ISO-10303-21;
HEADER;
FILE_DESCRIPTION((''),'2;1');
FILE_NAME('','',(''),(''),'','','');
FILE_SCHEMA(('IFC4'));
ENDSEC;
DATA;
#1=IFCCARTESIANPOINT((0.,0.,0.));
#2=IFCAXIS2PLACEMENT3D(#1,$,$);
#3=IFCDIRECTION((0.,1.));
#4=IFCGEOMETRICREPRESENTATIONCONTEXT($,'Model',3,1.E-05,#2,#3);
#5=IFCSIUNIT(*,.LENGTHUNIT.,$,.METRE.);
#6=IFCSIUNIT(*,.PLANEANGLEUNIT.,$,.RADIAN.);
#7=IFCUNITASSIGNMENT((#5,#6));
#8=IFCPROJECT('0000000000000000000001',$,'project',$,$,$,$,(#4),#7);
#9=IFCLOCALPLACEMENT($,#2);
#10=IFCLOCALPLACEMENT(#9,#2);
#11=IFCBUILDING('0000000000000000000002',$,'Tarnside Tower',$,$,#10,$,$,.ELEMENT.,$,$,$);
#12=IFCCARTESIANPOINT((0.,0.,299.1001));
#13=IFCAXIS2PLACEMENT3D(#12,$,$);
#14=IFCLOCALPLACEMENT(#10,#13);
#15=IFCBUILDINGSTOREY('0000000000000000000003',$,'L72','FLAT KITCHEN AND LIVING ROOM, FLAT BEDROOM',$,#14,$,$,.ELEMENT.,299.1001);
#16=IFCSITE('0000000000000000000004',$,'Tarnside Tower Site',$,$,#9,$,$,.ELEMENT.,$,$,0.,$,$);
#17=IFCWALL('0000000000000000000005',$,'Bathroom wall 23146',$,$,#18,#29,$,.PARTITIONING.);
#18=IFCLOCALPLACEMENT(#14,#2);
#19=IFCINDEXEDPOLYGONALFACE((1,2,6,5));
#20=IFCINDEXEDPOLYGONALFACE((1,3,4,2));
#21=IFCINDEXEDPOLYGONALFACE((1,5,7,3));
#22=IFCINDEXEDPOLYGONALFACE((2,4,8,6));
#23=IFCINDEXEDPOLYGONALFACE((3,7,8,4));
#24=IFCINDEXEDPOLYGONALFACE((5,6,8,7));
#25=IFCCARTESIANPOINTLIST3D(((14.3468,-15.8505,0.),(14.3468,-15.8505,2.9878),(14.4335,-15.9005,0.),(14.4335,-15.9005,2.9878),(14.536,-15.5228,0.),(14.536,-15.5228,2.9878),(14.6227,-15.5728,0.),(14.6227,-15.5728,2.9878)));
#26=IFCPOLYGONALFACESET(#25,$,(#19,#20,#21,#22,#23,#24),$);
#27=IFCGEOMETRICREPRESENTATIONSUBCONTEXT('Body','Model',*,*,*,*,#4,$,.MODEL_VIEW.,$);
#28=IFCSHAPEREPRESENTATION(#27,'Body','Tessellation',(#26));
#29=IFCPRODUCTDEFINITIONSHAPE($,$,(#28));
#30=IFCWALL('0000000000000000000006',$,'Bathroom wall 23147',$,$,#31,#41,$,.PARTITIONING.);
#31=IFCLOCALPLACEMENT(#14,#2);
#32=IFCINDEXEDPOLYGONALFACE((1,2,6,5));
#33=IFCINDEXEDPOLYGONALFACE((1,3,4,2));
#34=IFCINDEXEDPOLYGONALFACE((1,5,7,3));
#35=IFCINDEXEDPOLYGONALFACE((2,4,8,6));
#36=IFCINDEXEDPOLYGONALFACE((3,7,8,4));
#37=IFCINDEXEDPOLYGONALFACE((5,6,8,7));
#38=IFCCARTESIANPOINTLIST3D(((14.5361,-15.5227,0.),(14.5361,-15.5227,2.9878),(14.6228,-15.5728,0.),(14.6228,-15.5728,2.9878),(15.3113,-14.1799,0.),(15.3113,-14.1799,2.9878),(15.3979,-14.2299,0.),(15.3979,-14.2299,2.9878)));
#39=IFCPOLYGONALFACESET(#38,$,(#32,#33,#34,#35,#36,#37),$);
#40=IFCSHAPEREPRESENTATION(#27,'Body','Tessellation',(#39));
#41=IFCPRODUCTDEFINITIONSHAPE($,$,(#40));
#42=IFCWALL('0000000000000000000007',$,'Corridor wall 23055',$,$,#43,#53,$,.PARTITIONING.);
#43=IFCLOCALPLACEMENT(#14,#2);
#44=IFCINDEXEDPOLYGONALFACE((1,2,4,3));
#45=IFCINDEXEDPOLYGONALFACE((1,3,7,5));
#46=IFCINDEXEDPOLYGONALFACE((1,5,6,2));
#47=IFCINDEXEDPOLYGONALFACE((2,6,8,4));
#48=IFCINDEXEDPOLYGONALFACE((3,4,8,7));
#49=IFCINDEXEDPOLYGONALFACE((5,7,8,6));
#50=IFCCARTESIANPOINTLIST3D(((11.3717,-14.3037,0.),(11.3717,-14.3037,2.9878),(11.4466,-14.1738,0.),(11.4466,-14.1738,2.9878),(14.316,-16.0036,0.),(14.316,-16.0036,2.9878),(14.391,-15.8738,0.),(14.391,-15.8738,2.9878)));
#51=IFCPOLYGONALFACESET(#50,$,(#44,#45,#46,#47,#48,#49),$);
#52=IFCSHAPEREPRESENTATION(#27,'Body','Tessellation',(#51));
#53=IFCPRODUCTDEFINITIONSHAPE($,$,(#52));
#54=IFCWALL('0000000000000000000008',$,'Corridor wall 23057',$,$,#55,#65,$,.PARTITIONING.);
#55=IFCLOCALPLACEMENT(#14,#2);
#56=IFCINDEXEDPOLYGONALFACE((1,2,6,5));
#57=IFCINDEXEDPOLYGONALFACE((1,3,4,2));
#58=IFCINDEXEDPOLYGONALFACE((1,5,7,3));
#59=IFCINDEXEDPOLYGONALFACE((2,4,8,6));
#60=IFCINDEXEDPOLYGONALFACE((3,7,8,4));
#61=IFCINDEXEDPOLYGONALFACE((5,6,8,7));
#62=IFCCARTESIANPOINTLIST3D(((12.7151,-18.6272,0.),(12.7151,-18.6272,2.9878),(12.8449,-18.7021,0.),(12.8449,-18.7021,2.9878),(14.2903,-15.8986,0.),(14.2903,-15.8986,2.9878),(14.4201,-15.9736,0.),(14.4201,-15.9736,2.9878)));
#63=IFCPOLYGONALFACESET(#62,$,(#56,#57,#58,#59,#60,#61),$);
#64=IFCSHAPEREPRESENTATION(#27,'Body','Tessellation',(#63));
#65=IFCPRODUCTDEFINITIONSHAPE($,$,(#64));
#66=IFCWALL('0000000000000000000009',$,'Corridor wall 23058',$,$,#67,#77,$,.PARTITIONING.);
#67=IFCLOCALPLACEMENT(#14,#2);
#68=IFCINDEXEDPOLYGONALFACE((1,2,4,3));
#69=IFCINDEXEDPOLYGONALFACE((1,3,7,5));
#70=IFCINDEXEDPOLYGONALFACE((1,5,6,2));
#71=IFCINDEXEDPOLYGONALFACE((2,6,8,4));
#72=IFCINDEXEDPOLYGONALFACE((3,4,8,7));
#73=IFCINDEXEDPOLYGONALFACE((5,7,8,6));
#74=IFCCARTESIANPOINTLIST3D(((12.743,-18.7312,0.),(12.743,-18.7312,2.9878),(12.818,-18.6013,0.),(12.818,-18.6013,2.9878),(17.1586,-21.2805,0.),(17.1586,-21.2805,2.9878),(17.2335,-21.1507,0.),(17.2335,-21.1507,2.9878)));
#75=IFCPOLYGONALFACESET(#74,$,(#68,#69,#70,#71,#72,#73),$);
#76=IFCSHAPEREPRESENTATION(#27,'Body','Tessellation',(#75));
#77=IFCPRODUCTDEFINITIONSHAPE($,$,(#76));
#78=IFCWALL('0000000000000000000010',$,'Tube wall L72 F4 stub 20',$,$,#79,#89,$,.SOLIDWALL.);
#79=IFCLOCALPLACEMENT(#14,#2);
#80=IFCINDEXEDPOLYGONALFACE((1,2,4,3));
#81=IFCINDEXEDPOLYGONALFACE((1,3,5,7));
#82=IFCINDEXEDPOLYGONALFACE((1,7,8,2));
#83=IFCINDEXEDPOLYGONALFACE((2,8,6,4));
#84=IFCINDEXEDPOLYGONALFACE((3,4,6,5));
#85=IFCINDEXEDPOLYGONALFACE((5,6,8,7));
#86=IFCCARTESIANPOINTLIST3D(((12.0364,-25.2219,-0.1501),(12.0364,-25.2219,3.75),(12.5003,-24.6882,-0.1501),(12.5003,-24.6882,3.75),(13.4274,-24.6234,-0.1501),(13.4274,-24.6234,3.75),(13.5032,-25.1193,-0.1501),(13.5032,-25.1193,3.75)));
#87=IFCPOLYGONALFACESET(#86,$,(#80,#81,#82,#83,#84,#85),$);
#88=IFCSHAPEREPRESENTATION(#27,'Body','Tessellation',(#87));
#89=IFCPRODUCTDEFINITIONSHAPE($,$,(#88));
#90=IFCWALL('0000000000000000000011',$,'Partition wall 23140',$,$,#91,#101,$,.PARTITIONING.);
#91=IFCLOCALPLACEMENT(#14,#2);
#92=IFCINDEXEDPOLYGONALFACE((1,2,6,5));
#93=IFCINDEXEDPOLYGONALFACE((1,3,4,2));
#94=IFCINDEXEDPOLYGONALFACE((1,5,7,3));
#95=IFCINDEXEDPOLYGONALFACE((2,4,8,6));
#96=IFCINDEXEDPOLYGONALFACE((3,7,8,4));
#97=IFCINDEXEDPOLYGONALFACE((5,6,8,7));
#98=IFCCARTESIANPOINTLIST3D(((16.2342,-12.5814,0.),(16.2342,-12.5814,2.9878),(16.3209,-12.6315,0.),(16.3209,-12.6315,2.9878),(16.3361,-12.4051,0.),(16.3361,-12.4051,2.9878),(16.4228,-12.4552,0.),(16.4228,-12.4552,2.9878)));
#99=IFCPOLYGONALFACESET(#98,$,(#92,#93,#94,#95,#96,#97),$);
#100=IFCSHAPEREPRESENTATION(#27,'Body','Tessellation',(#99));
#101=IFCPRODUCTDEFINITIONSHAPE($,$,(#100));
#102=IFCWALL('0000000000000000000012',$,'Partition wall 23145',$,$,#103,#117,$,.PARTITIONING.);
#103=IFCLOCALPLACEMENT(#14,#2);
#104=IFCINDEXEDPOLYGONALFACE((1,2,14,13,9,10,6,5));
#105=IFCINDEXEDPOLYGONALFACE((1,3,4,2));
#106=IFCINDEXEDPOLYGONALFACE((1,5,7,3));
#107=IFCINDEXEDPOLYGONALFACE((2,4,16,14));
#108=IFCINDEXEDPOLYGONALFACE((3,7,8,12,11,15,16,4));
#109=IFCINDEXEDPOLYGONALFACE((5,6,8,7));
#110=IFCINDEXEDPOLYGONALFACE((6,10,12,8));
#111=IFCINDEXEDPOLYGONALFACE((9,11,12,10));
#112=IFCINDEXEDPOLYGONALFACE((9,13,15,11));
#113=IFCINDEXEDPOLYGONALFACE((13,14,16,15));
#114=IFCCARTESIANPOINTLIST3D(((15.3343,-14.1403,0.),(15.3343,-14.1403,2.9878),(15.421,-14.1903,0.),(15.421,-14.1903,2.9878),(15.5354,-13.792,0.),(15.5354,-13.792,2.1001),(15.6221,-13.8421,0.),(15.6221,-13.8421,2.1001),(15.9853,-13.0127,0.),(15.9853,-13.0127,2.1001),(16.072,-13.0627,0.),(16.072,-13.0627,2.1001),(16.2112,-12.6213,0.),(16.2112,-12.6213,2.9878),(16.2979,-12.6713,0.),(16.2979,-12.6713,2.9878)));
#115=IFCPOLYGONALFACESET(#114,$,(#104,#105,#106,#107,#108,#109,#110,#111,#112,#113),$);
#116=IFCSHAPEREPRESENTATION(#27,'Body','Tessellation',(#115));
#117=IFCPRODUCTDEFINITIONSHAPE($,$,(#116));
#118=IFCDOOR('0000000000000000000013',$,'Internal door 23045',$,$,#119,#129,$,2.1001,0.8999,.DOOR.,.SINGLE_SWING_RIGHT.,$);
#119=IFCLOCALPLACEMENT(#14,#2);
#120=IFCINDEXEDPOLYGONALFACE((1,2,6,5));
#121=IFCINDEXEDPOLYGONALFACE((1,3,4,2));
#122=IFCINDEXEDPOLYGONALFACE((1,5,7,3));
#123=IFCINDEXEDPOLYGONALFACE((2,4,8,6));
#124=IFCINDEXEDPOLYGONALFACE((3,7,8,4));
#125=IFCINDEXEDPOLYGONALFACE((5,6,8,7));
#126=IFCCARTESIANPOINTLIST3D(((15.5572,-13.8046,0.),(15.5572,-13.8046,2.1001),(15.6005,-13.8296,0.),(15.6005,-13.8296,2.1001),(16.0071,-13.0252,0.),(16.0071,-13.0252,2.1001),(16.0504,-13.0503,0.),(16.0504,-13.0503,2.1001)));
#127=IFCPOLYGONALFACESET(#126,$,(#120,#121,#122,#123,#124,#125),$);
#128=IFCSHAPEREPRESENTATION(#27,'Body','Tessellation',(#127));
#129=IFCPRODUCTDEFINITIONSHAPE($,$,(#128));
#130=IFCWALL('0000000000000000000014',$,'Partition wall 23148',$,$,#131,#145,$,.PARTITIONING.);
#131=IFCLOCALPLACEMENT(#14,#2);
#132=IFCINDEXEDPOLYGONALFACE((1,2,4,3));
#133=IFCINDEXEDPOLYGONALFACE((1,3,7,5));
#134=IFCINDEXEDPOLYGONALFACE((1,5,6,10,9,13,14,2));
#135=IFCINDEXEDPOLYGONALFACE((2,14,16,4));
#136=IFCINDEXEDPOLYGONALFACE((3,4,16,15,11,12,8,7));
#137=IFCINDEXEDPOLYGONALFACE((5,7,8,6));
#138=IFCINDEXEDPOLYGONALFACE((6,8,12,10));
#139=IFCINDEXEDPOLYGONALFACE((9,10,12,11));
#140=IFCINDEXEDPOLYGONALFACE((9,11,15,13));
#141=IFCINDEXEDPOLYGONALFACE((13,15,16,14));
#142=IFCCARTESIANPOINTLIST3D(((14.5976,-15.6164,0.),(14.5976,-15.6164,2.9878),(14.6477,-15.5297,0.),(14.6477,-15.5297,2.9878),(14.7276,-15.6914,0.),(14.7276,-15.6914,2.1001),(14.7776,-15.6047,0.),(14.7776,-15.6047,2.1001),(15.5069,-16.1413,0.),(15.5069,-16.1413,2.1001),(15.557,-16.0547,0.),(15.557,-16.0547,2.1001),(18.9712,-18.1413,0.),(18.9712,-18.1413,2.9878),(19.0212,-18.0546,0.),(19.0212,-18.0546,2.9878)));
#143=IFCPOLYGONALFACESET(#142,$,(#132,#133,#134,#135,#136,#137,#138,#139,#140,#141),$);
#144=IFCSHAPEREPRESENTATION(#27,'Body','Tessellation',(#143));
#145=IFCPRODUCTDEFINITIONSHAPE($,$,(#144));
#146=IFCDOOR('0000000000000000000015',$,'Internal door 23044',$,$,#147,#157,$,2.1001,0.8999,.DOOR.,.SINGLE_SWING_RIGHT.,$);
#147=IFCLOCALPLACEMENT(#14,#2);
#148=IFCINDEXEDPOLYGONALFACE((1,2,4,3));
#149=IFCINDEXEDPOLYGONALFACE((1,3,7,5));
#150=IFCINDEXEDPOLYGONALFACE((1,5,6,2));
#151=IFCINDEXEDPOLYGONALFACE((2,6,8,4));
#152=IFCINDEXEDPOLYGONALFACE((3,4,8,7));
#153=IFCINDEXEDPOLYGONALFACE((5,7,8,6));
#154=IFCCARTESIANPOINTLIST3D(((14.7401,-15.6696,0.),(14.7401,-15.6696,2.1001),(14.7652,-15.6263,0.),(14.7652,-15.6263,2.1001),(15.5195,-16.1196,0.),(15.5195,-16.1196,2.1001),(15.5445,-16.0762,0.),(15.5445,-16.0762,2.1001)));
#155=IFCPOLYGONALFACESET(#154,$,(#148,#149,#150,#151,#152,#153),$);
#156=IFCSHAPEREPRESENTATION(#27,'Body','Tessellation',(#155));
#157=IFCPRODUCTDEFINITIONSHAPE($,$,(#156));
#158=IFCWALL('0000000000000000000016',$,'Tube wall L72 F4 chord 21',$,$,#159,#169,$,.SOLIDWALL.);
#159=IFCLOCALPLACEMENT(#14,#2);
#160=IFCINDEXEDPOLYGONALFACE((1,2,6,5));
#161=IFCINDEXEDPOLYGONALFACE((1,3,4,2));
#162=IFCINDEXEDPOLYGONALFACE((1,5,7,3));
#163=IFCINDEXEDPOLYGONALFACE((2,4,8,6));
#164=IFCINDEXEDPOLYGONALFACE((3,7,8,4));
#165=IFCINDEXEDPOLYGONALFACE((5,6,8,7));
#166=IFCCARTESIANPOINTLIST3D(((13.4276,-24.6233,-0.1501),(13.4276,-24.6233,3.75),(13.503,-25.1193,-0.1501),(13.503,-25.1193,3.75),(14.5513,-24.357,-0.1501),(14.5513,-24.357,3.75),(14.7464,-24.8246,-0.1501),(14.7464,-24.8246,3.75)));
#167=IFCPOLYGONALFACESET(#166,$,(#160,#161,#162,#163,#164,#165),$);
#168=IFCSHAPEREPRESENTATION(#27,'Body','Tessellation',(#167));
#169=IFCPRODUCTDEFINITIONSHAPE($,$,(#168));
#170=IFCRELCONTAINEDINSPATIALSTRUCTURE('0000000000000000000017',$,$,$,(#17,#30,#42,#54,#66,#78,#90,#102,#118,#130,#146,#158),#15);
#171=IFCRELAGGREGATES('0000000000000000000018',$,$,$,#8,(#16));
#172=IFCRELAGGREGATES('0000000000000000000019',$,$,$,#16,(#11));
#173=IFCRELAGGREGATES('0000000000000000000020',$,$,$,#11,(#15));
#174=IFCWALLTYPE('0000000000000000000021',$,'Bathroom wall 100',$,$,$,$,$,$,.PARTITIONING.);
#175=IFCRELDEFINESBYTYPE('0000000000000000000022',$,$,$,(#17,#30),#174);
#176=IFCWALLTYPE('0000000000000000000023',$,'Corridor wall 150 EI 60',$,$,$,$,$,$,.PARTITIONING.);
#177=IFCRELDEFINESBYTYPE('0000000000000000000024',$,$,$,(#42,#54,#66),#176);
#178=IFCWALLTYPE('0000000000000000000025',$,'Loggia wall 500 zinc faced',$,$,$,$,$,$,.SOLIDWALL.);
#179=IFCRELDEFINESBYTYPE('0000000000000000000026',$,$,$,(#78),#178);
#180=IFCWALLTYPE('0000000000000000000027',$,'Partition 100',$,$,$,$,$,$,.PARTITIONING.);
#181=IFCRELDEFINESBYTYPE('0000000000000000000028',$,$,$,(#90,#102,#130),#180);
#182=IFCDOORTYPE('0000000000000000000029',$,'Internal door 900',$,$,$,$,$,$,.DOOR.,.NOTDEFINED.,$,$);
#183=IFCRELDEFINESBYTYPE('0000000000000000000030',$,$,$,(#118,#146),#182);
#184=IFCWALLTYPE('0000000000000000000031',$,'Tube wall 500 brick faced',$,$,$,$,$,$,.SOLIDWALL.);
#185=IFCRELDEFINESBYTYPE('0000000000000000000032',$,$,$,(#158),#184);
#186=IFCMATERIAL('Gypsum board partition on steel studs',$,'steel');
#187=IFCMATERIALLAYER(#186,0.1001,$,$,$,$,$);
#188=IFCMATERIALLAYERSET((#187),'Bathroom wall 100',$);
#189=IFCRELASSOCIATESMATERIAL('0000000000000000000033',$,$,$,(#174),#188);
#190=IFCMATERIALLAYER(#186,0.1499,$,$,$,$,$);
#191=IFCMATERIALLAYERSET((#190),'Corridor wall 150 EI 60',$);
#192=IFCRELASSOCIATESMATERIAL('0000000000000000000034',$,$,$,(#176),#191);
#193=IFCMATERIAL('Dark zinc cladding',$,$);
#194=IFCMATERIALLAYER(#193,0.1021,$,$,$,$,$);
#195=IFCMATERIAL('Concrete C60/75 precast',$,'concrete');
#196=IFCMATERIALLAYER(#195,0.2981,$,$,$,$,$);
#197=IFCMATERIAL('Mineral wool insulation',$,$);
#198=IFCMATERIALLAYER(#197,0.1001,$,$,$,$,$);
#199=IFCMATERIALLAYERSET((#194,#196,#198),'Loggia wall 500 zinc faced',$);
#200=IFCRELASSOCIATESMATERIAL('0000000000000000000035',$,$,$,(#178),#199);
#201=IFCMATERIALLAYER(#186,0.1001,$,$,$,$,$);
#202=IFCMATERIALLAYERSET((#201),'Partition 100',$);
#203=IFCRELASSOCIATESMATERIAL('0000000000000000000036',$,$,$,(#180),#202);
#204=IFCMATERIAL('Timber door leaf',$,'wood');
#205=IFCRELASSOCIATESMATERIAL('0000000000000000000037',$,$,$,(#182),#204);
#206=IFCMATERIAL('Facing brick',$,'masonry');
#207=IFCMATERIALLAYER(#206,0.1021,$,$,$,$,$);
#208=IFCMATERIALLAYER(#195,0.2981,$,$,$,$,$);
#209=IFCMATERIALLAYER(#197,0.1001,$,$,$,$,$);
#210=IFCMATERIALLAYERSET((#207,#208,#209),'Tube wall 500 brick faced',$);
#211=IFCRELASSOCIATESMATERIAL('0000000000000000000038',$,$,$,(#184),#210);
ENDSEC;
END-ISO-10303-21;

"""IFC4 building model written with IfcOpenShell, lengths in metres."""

from ifc_helpers import new_model, si_unit, direction, frame, frame_2d, origin, place, context, subcontext, project, spatial, polyline, rectangle, outline, extrude, material, layer, layer_set, type_object, element, fill, save


model = new_model("IFC4")

# Units and contexts
model_context = context("Model", 3, precision=1e-05, world=origin(), true_north=direction((0.0, 1.0)))
body_context = subcontext(model_context, "Body", "Model", "MODEL_VIEW")
ifc_project = project(units=[si_unit("LENGTHUNIT", "METRE"), si_unit("PLANEANGLEUNIT", "RADIAN")], contexts=[model_context])

# Site, building, storey
site_placement = place(None, origin())
site = spatial("IfcSite", under=ifc_project, at=site_placement, Name="Tarnside Tower Site", CompositionType="ELEMENT", RefElevation=0.0)
building_placement = place(site_placement, origin())
building = spatial("IfcBuilding", under=site, at=building_placement, Name="Tarnside Tower", CompositionType="ELEMENT")
storey_placement = place(building_placement, frame((0.0, 0.0, 299.1001)))
storey = spatial("IfcBuildingStorey", under=building, at=storey_placement, Name="L72", Description="FLAT KITCHEN AND LIVING ROOM, FLAT BEDROOM", CompositionType="ELEMENT", Elevation=299.1001)

# Walls
ifc_material_1 = material(Name="Gypsum board partition on steel studs", Category="steel")
ifc_layer_1 = layer(ifc_material_1, 0.1001)
ifc_layer_set_1 = layer_set([ifc_layer_1], Name="Bathroom wall 100")
wall_type_1 = type_object("IfcWallType", Name="Bathroom wall 100", PredefinedType="PARTITIONING", material=ifc_layer_set_1)
wall_1_placement = place(storey_placement, frame((14.3901, -15.8755, 0.0), z_axis=(0.0, 0.0, 1.0), x_axis=(0.500095, 0.865971, 0.0)))
element("IfcWall", 1, at=wall_1_placement, inside=storey, type_object=wall_type_1, Name="Bathroom wall 23146", PredefinedType="PARTITIONING", context=body_context, shape_type="SweptSolid", body=[
    extrude(rectangle(XDim=0.3784, YDim=0.1001, at=frame_2d((0.1892, 0.0))), origin(), (0.0, 0.0, 1.0), 2.9878),
])
wall_2_placement = place(storey_placement, frame((14.5793, -15.5479, 0.0), z_axis=(0.0, 0.0, 1.0), x_axis=(0.49995, 0.866054, 0.0)))
element("IfcWall", 2, at=wall_2_placement, inside=storey, type_object=wall_type_1, Name="Bathroom wall 23147", PredefinedType="PARTITIONING", context=body_context, shape_type="SweptSolid", body=[
    extrude(rectangle(XDim=1.5505, YDim=0.1001, at=frame_2d((0.7754, 0.0))), origin(), (0.0, 0.0, 1.0), 2.9878),
])
ifc_layer_2 = layer(ifc_material_1, 0.1499)
ifc_layer_set_2 = layer_set([ifc_layer_2], Name="Corridor wall 150 EI 60")
wall_type_2 = type_object("IfcWallType", Name="Corridor wall 150 EI 60", PredefinedType="PARTITIONING", material=ifc_layer_set_2)
wall_3_placement = place(storey_placement, frame((14.3535, -15.9387, 0.0), z_axis=(0.0, 0.0, 1.0), x_axis=(-0.866021, 0.500008, 0.0)))
element("IfcWall", 3, at=wall_3_placement, inside=storey, type_object=wall_type_2, Name="Corridor wall 23055", PredefinedType="PARTITIONING", context=body_context, shape_type="SweptSolid", body=[
    extrude(rectangle(XDim=3.3999, YDim=0.1499, at=frame_2d((1.7, 0.0))), origin(), (0.0, 0.0, 1.0), 2.9878),
])
wall_4_placement = place(storey_placement, frame((12.78, -18.6646, 0.0), z_axis=(0.0, 0.0, 1.0), x_axis=(0.499973, 0.866041, 0.0)))
element("IfcWall", 4, at=wall_4_placement, inside=storey, type_object=wall_type_2, Name="Corridor wall 23057", PredefinedType="PARTITIONING", context=body_context, shape_type="SweptSolid", body=[
    extrude(rectangle(XDim=3.1506, YDim=0.1499, at=frame_2d((1.5752, 0.0))), origin(), (0.0, 0.0, 1.0), 2.9878),
])
wall_5_placement = place(storey_placement, frame((17.196, -21.2156, 0.0), z_axis=(0.0, 0.0, 1.0), x_axis=(-0.866025, 0.500002, 0.0)))
element("IfcWall", 5, at=wall_5_placement, inside=storey, type_object=wall_type_2, Name="Corridor wall 23058", PredefinedType="PARTITIONING", context=body_context, shape_type="SweptSolid", body=[
    extrude(rectangle(XDim=5.0986, YDim=0.1499, at=frame_2d((2.5493, 0.0))), origin(), (0.0, 0.0, 1.0), 2.9878),
])
ifc_material_2 = material(Name="Dark zinc cladding")
ifc_layer_3 = layer(ifc_material_2, 0.1021)
ifc_material_3 = material(Name="Concrete C60/75 precast", Category="concrete")
ifc_layer_4 = layer(ifc_material_3, 0.2981)
ifc_material_4 = material(Name="Mineral wool insulation")
ifc_layer_5 = layer(ifc_material_4, 0.1001)
ifc_layer_set_3 = layer_set([ifc_layer_3, ifc_layer_4, ifc_layer_5], Name="Loggia wall 500 zinc faced")
wall_type_3 = type_object("IfcWallType", Name="Loggia wall 500 zinc faced", PredefinedType="SOLIDWALL", material=ifc_layer_set_3)
wall_6_placement = place(storey_placement, frame((12.2683, -24.9551, -0.1501), z_axis=(0.0, 0.0, 1.0), x_axis=(0.997562, 0.069787, 0.0)))
element("IfcWall", 6, at=wall_6_placement, inside=storey, type_object=wall_type_3, Name="Tube wall L72 F4 stub 20", PredefinedType="SOLIDWALL", context=body_context, shape_type="SweptSolid", body=[
    extrude(outline(polyline([(-0.25, -0.25), (1.2205, -0.25), (1.1794, 0.25), (0.25, 0.25), (-0.25, -0.25)])), origin(), (0.0, 0.0, 1.0), 3.9001),
])
ifc_layer_6 = layer(ifc_material_1, 0.1001)
ifc_layer_set_4 = layer_set([ifc_layer_6], Name="Partition 100")
wall_type_4 = type_object("IfcWallType", Name="Partition 100", PredefinedType="PARTITIONING", material=ifc_layer_set_4)
wall_7_placement = place(storey_placement, frame((16.2776, -12.6064, 0.0), z_axis=(0.0, 0.0, 1.0), x_axis=(0.500138, 0.865946, 0.0)))
element("IfcWall", 7, at=wall_7_placement, inside=storey, type_object=wall_type_4, Name="Partition wall 23140", PredefinedType="PARTITIONING", context=body_context, shape_type="SweptSolid", body=[
    extrude(rectangle(XDim=0.2036, YDim=0.1001, at=frame_2d((0.1018, 0.0))), origin(), (0.0, 0.0, 1.0), 2.9878),
])

# Walls, openings, doors
wall_8_placement = place(storey_placement, frame((15.3777, -14.1653, 0.0), z_axis=(0.0, 0.0, 1.0), x_axis=(0.499971, 0.866042, 0.0)))
wall_8 = element("IfcWall", 8, at=wall_8_placement, inside=storey, type_object=wall_type_4, Name="Partition wall 23145", PredefinedType="PARTITIONING", context=body_context, shape_type="SweptSolid", body=[
    extrude(rectangle(XDim=1.7539, YDim=0.1001, at=frame_2d((0.877, 0.0))), origin(), (0.0, 0.0, 1.0), 2.9878),
])
opening_1_placement = place(wall_8_placement, frame((0.4021, 0.0, 0.0)))
opening_1 = element("IfcOpeningElement", 9, at=opening_1_placement, cuts=wall_8, PredefinedType="OPENING", context=body_context, shape_type="SweptSolid", body=[
    extrude(rectangle(XDim=0.8999, YDim=2.1001, at=frame_2d((0.45, 1.05))), frame((0.0, 0.0601, 0.0), z_axis=(0.0, -1.0, 0.0), x_axis=(1.0, 0.0, 0.0)), (0.0, 0.0, 1.0), 0.1201),
])
ifc_material_5 = material(Name="Timber door leaf", Category="wood")
door_type = type_object("IfcDoorType", Name="Internal door 900", OperationType="NOTDEFINED", PredefinedType="DOOR", material=ifc_material_5)
door_1_placement = place(opening_1_placement, origin())
door_1 = element("IfcDoor", 10, at=door_1_placement, inside=storey, type_object=door_type, Name="Internal door 23045", OperationType="SINGLE_SWING_RIGHT", OverallHeight=2.1001, OverallWidth=0.8999, PredefinedType="DOOR", context=body_context, shape_type="SweptSolid", body=[
    extrude(rectangle(XDim=0.8999, YDim=2.1001, at=frame_2d((0.45, 1.05))), frame((0.0, 0.0249, 0.0), z_axis=(0.0, -1.0, 0.0), x_axis=(1.0, 0.0, 0.0)), (0.0, 0.0, 1.0), 0.05),
])
fill(opening_1, door_1)
wall_9_placement = place(storey_placement, frame((18.9961, -18.0979, 0.0), z_axis=(0.0, 0.0, 1.0), x_axis=(-0.866039, 0.499976, 0.0)))
wall_9 = element("IfcWall", 11, at=wall_9_placement, inside=storey, type_object=wall_type_4, Name="Partition wall 23148", PredefinedType="PARTITIONING", context=body_context, shape_type="SweptSolid", body=[
    extrude(rectangle(XDim=5.05, YDim=0.1001, at=frame_2d((2.5249, 0.0))), origin(), (0.0, 0.0, 1.0), 2.9878),
])
opening_2_placement = place(wall_9_placement, frame((4.0, 0.0, 0.0)))
opening_2 = element("IfcOpeningElement", 12, at=opening_2_placement, cuts=wall_9, PredefinedType="OPENING", context=body_context, shape_type="SweptSolid", body=[
    extrude(rectangle(XDim=0.8999, YDim=2.1001, at=frame_2d((0.45, 1.05))), frame((0.0, 0.0601, 0.0), z_axis=(0.0, -1.0, 0.0), x_axis=(1.0, 0.0, 0.0)), (0.0, 0.0, 1.0), 0.1201),
])
door_2_placement = place(opening_2_placement, origin())
door_2 = element("IfcDoor", 13, at=door_2_placement, inside=storey, type_object=door_type, Name="Internal door 23044", OperationType="SINGLE_SWING_RIGHT", OverallHeight=2.1001, OverallWidth=0.8999, PredefinedType="DOOR", context=body_context, shape_type="SweptSolid", body=[
    extrude(rectangle(XDim=0.8999, YDim=2.1001, at=frame_2d((0.45, 1.05))), frame((0.0, 0.0249, 0.0), z_axis=(0.0, -1.0, 0.0), x_axis=(1.0, 0.0, 0.0)), (0.0, 0.0, 1.0), 0.05),
])
fill(opening_2, door_2)

# Wall
ifc_material_6 = material(Name="Facing brick", Category="masonry")
ifc_layer_7 = layer(ifc_material_6, 0.1021)
ifc_layer_8 = layer(ifc_material_3, 0.2981)
ifc_layer_9 = layer(ifc_material_4, 0.1001)
ifc_layer_set_5 = layer_set([ifc_layer_7, ifc_layer_8, ifc_layer_9], Name="Tube wall 500 brick faced")
wall_type_5 = type_object("IfcWallType", Name="Tube wall 500 brick faced", PredefinedType="SOLIDWALL", material=ifc_layer_set_5)
wall_10_placement = place(storey_placement, frame((13.4653, -24.8713, -0.1501), z_axis=(0.0, 0.0, 1.0), x_axis=(0.973045, 0.230616, 0.0)))
element("IfcWall", 14, at=wall_10_placement, inside=storey, type_object=wall_type_5, Name="Tube wall L72 F4 chord 21", PredefinedType="SOLIDWALL", context=body_context, shape_type="SweptSolid", body=[
    extrude(outline(polyline([(-0.0205, -0.25), (1.2573, -0.25), (1.1753, 0.25), (0.0205, 0.25), (-0.0205, -0.25)])), origin(), (0.0, 0.0, 1.0), 3.9001),
])

save(model, "model.ifc")
